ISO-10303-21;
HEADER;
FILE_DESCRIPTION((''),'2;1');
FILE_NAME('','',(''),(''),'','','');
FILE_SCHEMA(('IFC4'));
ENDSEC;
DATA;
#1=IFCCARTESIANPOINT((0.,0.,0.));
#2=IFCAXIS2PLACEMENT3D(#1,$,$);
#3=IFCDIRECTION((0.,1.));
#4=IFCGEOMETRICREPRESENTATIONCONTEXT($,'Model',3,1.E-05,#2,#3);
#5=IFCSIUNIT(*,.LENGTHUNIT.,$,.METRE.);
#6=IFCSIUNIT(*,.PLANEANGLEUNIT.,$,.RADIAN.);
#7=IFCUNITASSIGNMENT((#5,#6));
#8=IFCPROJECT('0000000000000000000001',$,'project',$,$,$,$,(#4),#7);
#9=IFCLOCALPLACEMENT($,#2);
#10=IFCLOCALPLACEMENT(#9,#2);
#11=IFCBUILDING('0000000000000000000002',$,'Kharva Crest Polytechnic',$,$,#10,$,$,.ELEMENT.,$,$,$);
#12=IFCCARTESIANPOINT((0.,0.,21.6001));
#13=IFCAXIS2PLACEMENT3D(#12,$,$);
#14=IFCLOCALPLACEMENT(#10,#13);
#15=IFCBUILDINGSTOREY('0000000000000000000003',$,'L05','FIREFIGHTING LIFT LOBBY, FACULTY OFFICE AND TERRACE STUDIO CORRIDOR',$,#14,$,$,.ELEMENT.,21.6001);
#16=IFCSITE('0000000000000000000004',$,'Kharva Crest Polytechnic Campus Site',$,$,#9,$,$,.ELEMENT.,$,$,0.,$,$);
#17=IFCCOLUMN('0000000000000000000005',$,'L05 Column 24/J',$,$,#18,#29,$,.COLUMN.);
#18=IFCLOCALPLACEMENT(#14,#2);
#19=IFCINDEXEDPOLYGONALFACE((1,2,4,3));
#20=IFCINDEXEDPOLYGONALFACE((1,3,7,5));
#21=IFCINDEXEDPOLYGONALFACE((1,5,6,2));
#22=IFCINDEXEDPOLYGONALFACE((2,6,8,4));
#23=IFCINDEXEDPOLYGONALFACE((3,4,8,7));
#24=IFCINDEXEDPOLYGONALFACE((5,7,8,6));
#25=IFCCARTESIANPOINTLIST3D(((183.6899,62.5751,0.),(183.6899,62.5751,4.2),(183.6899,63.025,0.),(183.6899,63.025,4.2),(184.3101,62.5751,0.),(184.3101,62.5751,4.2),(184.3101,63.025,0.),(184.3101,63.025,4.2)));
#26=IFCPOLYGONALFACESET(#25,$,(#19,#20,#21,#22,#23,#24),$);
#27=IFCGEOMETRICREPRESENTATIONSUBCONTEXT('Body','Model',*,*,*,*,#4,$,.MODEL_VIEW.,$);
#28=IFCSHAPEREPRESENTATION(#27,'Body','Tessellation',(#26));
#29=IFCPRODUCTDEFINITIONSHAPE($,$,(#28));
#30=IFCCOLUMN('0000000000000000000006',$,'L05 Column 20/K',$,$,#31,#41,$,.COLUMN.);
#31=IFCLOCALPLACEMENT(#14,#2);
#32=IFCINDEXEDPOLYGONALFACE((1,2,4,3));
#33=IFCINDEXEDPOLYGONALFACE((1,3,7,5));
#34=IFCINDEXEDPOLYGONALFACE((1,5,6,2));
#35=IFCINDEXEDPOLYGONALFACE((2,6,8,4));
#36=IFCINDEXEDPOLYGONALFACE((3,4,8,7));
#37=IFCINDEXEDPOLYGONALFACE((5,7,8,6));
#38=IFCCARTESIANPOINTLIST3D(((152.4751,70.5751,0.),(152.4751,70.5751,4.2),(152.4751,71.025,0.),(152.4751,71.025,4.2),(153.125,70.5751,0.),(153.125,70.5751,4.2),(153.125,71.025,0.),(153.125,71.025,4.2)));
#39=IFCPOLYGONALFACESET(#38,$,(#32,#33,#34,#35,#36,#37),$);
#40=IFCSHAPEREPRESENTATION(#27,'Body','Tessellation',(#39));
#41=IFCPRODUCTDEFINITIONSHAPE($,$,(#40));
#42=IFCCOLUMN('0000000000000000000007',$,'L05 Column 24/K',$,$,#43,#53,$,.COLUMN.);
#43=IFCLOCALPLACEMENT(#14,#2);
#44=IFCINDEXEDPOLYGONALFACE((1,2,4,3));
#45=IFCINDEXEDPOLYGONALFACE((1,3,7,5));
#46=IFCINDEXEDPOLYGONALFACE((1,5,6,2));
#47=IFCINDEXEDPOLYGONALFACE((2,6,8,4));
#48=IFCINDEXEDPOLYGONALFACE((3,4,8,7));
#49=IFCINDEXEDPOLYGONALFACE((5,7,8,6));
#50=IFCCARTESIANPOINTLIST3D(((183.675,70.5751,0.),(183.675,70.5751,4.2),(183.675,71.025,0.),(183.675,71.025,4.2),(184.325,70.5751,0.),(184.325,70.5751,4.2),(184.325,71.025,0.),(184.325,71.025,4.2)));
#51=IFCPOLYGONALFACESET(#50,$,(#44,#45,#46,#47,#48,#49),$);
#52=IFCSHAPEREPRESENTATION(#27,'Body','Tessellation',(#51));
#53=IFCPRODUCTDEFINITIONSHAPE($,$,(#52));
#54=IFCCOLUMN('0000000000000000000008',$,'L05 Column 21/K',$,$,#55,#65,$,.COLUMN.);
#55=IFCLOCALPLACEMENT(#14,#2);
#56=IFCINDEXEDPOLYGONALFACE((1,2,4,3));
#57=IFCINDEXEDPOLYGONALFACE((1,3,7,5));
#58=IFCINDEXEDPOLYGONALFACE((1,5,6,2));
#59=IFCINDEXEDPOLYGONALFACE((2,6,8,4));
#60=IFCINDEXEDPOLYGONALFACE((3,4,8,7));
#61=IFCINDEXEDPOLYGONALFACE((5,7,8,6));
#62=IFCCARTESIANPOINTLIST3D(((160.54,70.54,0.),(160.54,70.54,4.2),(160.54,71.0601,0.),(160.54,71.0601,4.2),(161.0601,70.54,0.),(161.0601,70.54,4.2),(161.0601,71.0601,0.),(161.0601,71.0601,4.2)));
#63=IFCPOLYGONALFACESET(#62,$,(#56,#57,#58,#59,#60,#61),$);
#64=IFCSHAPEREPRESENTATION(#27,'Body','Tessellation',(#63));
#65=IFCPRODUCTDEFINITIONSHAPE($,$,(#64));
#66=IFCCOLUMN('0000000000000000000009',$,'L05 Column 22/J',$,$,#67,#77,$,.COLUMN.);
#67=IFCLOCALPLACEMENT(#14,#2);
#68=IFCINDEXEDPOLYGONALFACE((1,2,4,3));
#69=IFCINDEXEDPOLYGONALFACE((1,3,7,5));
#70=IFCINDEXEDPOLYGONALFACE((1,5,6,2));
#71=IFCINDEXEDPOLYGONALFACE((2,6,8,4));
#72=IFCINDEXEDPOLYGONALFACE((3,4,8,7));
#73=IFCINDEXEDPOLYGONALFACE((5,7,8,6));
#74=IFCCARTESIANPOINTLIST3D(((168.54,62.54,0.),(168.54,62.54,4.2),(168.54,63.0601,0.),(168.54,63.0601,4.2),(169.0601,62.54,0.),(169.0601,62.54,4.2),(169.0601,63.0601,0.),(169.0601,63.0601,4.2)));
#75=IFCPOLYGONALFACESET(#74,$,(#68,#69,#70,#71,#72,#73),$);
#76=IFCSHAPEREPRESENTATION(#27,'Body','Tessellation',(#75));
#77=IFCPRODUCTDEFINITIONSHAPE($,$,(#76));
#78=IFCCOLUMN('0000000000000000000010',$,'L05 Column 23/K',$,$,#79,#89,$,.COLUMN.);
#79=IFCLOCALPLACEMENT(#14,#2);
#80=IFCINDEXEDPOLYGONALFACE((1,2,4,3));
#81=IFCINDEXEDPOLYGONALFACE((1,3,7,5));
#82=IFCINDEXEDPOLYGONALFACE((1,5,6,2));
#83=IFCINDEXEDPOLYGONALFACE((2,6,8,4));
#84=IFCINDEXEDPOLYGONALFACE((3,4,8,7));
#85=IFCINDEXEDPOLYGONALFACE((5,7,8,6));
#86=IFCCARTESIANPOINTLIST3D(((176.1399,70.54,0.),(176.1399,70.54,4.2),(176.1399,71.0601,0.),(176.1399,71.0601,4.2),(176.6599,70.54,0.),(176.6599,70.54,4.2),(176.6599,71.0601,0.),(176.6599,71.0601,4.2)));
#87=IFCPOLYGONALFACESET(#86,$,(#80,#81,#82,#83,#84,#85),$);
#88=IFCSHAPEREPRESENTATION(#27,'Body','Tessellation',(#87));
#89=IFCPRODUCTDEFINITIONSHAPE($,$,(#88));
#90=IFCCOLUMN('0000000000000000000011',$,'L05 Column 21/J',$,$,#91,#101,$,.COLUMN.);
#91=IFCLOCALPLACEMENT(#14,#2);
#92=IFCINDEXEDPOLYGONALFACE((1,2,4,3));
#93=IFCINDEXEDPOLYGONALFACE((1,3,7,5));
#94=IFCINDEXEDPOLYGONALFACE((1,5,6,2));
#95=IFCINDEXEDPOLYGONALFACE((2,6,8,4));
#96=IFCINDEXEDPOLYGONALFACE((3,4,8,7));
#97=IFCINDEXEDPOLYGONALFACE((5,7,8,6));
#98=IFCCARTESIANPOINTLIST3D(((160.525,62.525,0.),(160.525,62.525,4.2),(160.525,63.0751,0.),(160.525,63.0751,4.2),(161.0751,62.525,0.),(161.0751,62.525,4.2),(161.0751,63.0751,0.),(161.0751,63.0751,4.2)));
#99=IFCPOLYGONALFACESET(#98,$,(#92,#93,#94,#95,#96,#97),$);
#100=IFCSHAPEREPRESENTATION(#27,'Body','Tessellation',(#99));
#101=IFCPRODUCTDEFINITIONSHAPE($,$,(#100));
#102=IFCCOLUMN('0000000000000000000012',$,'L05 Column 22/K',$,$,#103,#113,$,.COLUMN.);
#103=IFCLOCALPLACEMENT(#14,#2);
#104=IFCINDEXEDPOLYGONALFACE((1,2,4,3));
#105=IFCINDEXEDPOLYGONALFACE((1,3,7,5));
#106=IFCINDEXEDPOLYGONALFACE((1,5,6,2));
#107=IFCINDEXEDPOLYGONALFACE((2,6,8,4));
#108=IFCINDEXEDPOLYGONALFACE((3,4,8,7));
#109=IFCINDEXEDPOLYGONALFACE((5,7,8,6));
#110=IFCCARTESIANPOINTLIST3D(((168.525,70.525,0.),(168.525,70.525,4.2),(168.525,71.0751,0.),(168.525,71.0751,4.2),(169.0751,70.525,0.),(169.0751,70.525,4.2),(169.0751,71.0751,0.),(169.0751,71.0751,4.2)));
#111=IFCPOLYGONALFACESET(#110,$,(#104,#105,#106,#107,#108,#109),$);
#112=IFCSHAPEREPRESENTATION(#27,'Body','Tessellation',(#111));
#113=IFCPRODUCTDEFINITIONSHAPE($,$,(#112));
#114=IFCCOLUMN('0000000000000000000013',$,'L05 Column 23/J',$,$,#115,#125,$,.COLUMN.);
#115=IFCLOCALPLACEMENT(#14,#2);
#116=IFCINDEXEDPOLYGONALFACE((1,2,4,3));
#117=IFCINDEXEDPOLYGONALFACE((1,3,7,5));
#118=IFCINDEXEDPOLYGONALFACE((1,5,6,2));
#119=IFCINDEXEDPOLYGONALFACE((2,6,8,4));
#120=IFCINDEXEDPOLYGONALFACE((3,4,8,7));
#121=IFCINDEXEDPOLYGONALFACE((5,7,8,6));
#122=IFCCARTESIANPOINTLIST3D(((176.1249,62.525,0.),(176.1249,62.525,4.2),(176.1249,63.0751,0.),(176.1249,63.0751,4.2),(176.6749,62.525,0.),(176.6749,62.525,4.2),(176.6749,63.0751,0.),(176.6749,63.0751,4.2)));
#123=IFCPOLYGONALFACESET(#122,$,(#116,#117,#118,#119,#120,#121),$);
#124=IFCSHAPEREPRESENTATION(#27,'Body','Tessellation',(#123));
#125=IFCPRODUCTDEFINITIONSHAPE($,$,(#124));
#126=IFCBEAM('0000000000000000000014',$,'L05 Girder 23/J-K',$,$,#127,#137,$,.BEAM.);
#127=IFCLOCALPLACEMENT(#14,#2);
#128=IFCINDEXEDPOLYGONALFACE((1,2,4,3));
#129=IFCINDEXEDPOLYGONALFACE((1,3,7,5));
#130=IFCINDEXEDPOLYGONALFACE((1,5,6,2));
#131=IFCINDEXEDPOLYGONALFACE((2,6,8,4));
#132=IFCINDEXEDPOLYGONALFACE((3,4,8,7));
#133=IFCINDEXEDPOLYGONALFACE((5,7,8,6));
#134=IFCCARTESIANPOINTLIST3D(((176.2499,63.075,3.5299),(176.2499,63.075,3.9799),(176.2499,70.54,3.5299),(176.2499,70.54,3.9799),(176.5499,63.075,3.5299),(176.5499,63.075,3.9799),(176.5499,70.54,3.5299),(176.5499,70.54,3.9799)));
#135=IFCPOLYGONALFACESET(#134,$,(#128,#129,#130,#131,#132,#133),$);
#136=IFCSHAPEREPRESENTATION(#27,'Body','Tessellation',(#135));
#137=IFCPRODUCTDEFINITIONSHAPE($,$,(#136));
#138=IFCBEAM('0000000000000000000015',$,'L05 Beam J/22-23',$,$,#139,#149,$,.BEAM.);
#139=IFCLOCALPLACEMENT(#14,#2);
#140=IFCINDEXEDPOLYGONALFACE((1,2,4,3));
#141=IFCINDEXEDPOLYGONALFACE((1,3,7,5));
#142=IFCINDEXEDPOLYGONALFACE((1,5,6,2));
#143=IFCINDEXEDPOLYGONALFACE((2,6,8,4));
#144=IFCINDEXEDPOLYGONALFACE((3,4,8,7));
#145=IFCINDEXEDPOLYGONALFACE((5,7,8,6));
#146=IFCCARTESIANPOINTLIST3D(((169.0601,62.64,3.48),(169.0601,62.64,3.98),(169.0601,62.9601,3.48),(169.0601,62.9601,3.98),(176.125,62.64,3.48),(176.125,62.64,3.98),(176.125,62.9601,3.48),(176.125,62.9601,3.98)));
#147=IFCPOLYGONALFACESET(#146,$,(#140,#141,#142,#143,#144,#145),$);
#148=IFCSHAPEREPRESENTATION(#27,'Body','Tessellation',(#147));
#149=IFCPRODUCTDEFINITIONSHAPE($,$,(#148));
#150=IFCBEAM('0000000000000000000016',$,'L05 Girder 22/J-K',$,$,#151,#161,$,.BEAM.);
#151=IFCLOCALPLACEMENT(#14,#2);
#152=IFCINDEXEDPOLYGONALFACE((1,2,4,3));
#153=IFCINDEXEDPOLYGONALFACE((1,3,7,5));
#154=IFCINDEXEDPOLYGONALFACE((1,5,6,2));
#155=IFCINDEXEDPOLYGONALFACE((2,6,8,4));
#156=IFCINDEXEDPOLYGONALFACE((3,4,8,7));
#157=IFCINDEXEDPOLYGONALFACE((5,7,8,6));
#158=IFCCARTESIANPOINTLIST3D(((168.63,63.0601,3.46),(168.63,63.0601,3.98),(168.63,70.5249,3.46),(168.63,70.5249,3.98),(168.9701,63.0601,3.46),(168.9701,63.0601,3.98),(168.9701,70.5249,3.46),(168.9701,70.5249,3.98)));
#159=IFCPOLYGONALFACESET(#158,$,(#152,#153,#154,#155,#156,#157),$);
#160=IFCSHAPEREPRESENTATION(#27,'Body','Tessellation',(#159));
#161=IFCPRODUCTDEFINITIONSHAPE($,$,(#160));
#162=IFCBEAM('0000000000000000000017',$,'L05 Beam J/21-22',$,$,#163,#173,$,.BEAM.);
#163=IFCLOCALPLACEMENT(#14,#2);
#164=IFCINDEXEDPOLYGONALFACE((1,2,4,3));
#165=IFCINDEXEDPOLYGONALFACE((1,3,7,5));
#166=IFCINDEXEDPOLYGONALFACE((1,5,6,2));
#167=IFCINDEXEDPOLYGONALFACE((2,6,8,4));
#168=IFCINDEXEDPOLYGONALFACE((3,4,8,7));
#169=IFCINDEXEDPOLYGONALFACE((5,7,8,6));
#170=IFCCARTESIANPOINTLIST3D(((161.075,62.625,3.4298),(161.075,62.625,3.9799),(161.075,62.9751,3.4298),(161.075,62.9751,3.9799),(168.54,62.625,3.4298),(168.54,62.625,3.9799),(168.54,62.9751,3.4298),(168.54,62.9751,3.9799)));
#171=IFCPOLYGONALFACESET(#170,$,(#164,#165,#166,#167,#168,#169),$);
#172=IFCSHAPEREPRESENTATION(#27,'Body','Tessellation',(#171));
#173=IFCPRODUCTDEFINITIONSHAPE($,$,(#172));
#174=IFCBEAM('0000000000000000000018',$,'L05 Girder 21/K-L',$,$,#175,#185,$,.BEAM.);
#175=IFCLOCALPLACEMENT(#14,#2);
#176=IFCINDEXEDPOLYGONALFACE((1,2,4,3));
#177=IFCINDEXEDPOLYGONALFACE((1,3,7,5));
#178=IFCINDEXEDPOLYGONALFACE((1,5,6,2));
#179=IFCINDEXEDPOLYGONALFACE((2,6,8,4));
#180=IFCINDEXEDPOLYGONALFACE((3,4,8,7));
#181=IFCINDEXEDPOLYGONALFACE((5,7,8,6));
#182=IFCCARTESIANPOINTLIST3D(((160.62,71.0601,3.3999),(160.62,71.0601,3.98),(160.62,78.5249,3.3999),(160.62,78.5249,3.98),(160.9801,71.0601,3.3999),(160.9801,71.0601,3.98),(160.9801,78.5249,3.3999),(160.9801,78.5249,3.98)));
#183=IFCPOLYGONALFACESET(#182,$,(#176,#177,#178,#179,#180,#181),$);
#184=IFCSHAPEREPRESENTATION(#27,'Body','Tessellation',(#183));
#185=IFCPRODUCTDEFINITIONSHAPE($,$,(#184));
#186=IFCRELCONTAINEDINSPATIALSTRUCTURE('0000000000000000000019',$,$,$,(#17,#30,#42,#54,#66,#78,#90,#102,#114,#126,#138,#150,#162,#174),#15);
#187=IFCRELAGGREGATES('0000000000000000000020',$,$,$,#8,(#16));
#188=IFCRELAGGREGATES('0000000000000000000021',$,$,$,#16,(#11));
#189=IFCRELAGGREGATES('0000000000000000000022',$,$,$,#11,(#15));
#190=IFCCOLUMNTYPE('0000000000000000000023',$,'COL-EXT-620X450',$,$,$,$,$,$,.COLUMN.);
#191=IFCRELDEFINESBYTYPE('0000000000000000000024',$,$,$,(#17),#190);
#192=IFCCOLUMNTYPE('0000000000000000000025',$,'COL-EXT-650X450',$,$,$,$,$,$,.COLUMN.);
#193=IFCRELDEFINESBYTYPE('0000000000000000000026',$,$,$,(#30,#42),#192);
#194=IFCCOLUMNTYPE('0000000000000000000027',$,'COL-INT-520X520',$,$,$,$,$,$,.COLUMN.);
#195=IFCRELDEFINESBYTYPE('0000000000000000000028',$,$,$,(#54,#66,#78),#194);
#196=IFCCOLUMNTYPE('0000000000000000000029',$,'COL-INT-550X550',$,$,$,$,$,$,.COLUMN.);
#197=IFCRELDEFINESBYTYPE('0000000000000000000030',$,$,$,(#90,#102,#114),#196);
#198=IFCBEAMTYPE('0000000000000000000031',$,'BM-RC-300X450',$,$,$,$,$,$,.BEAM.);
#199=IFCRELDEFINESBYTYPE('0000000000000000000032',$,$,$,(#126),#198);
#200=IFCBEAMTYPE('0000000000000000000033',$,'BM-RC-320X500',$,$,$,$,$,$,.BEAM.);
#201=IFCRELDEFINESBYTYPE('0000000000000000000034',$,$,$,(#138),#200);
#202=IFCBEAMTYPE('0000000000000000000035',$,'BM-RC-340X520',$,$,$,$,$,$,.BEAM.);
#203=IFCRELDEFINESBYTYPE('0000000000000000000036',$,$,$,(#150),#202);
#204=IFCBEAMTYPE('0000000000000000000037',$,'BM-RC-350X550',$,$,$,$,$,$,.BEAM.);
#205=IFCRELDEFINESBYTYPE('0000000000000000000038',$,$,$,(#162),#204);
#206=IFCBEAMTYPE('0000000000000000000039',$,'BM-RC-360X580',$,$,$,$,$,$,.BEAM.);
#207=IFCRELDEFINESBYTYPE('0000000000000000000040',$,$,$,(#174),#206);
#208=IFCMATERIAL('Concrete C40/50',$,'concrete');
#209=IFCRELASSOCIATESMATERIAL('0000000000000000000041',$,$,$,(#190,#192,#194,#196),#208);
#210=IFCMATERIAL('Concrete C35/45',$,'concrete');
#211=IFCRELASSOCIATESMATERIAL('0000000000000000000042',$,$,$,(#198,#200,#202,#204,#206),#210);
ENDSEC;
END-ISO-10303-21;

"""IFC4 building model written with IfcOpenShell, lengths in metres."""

from ifc_helpers import new_model, si_unit, direction, frame, origin, origin_2d, place, context, subcontext, project, spatial, rectangle, extrude, material, material_profile, profile_set, type_object, element, save


model = new_model("IFC4")

# Units and contexts
model_context = context("Model", 3, precision=1e-05, world=origin(), true_north=direction((0.0, 1.0)))
body_context = subcontext(model_context, "Body", "Model", "MODEL_VIEW")
ifc_project = project(units=[si_unit("LENGTHUNIT", "METRE"), si_unit("PLANEANGLEUNIT", "RADIAN")], contexts=[model_context])

# Site, building, storey
site_placement = place(None, origin())
site = spatial("IfcSite", under=ifc_project, at=site_placement, Name="Kharva Crest Polytechnic Campus Site", CompositionType="ELEMENT", RefElevation=0.0)
building_placement = place(site_placement, origin())
building = spatial("IfcBuilding", under=site, at=building_placement, Name="Kharva Crest Polytechnic", CompositionType="ELEMENT")
storey_placement = place(building_placement, frame((0.0, 0.0, 21.6001)))
storey = spatial("IfcBuildingStorey", under=building, at=storey_placement, Name="L05", Description="FIREFIGHTING LIFT LOBBY, FACULTY OFFICE AND TERRACE STUDIO CORRIDOR", CompositionType="ELEMENT", Elevation=21.6001)

# Columns
ifc_material_1 = material(Name="Concrete C40/50", Category="concrete")
ifc_material_profile_1 = material_profile(ifc_material_1, rectangle(XDim=0.6201, YDim=0.45, at=origin_2d()), Name="RECT 620 X 450")
ifc_profile_set_1 = profile_set([ifc_material_profile_1], Name="Concrete C40/50")
column_type_1 = type_object("IfcColumnType", Name="COL-EXT-620X450", PredefinedType="COLUMN", material=ifc_profile_set_1)
column_placement = place(storey_placement, frame((184.0, 62.8, 0.0), z_axis=(0.0, 0.0, 1.0), x_axis=(1.0, 0.0, 0.0)))
element("IfcColumn", 1, at=column_placement, inside=storey, type_object=column_type_1, Name="L05 Column 24/J", PredefinedType="COLUMN", context=body_context, shape_type="SweptSolid", body=[
    extrude(rectangle(XDim=0.6201, YDim=0.45, at=origin_2d()), origin(), (0.0, 0.0, 1.0), 4.2),
])
ifc_material_profile_2 = material_profile(ifc_material_1, rectangle(XDim=0.6499, YDim=0.45, at=origin_2d()), Name="RECT 650 X 450")
ifc_profile_set_2 = profile_set([ifc_material_profile_2], Name="Concrete C40/50")
column_type_2 = type_object("IfcColumnType", Name="COL-EXT-650X450", PredefinedType="COLUMN", material=ifc_profile_set_2)
for number, where, z_axis, x_axis, name in (
    (2, (152.8, 70.8, 0.0), (0.0, 0.0, 1.0), (1.0, 0.0, 0.0), "L05 Column 20/K"),
    (3, (184.0, 70.8, 0.0), (0.0, 0.0, 1.0), (1.0, 0.0, 0.0), "L05 Column 24/K"),
):
    element("IfcColumn", number, at=place(storey_placement, frame(where, z_axis=z_axis, x_axis=x_axis)), inside=storey, type_object=column_type_2, Name=name, PredefinedType="COLUMN", context=body_context, shape_type="SweptSolid", body=[
        extrude(rectangle(XDim=0.6499, YDim=0.45, at=origin_2d()), origin(), (0.0, 0.0, 1.0), 4.2),
    ])
ifc_material_profile_3 = material_profile(ifc_material_1, rectangle(XDim=0.52, YDim=0.52, at=origin_2d()), Name="RECT 520 X 520")
ifc_profile_set_3 = profile_set([ifc_material_profile_3], Name="Concrete C40/50")
column_type_3 = type_object("IfcColumnType", Name="COL-INT-520X520", PredefinedType="COLUMN", material=ifc_profile_set_3)
for number, where, z_axis, x_axis, name in (
    (4, (160.8, 70.8, 0.0), (0.0, 0.0, 1.0), (1.0, 0.0, 0.0), "L05 Column 21/K"),
    (5, (168.8, 62.8, 0.0), (0.0, 0.0, 1.0), (1.0, 0.0, 0.0), "L05 Column 22/J"),
    (6, (176.3999, 70.8, 0.0), (0.0, 0.0, 1.0), (1.0, 0.0, 0.0), "L05 Column 23/K"),
):
    element("IfcColumn", number, at=place(storey_placement, frame(where, z_axis=z_axis, x_axis=x_axis)), inside=storey, type_object=column_type_3, Name=name, PredefinedType="COLUMN", context=body_context, shape_type="SweptSolid", body=[
        extrude(rectangle(XDim=0.52, YDim=0.52, at=origin_2d()), origin(), (0.0, 0.0, 1.0), 4.2),
    ])
ifc_material_profile_4 = material_profile(ifc_material_1, rectangle(XDim=0.55, YDim=0.55, at=origin_2d()), Name="RECT 550 X 550")
ifc_profile_set_4 = profile_set([ifc_material_profile_4], Name="Concrete C40/50")
column_type_4 = type_object("IfcColumnType", Name="COL-INT-550X550", PredefinedType="COLUMN", material=ifc_profile_set_4)
for number, where, z_axis, x_axis, name in (
    (7, (160.8, 62.8, 0.0), (0.0, 0.0, 1.0), (1.0, 0.0, 0.0), "L05 Column 21/J"),
    (8, (168.8, 70.8, 0.0), (0.0, 0.0, 1.0), (1.0, 0.0, 0.0), "L05 Column 22/K"),
    (9, (176.3999, 62.8, 0.0), (0.0, 0.0, 1.0), (1.0, 0.0, 0.0), "L05 Column 23/J"),
):
    element("IfcColumn", number, at=place(storey_placement, frame(where, z_axis=z_axis, x_axis=x_axis)), inside=storey, type_object=column_type_4, Name=name, PredefinedType="COLUMN", context=body_context, shape_type="SweptSolid", body=[
        extrude(rectangle(XDim=0.55, YDim=0.55, at=origin_2d()), origin(), (0.0, 0.0, 1.0), 4.2),
    ])

# Beams
ifc_material_2 = material(Name="Concrete C35/45", Category="concrete")
ifc_material_profile_5 = material_profile(ifc_material_2, rectangle(XDim=0.3, YDim=0.45, at=origin_2d()), Name="RECT 300 X 450")
ifc_profile_set_5 = profile_set([ifc_material_profile_5], Name="Concrete C35/45")
beam_type_1 = type_object("IfcBeamType", Name="BM-RC-300X450", PredefinedType="BEAM", material=ifc_profile_set_5)
beam_1_placement = place(storey_placement, frame((176.3999, 63.075, 3.7549), z_axis=(0.0, 1.0, 0.0), x_axis=(-1.0, 0.0, 0.0)))
element("IfcBeam", 10, at=beam_1_placement, inside=storey, type_object=beam_type_1, Name="L05 Girder 23/J-K", PredefinedType="BEAM", context=body_context, shape_type="SweptSolid", body=[
    extrude(rectangle(XDim=0.3, YDim=0.45, at=origin_2d()), origin(), (0.0, 0.0, 1.0), 7.4651),
])
ifc_material_profile_6 = material_profile(ifc_material_2, rectangle(XDim=0.3201, YDim=0.5, at=origin_2d()), Name="RECT 320 X 500")
ifc_profile_set_6 = profile_set([ifc_material_profile_6], Name="Concrete C35/45")
beam_type_2 = type_object("IfcBeamType", Name="BM-RC-320X500", PredefinedType="BEAM", material=ifc_profile_set_6)
beam_2_placement = place(storey_placement, frame((169.0601, 62.8, 3.73), z_axis=(1.0, 0.0, 0.0), x_axis=(0.0, 1.0, 0.0)))
element("IfcBeam", 11, at=beam_2_placement, inside=storey, type_object=beam_type_2, Name="L05 Beam J/22-23", PredefinedType="BEAM", context=body_context, shape_type="SweptSolid", body=[
    extrude(rectangle(XDim=0.3201, YDim=0.5, at=origin_2d()), origin(), (0.0, 0.0, 1.0), 7.0649),
])
ifc_material_profile_7 = material_profile(ifc_material_2, rectangle(XDim=0.3401, YDim=0.52, at=origin_2d()), Name="RECT 340 X 520")
ifc_profile_set_7 = profile_set([ifc_material_profile_7], Name="Concrete C35/45")
beam_type_3 = type_object("IfcBeamType", Name="BM-RC-340X520", PredefinedType="BEAM", material=ifc_profile_set_7)
beam_3_placement = place(storey_placement, frame((168.8, 63.0601, 3.72), z_axis=(0.0, 1.0, 0.0), x_axis=(-1.0, 0.0, 0.0)))
element("IfcBeam", 12, at=beam_3_placement, inside=storey, type_object=beam_type_3, Name="L05 Girder 22/J-K", PredefinedType="BEAM", context=body_context, shape_type="SweptSolid", body=[
    extrude(rectangle(XDim=0.3401, YDim=0.52, at=origin_2d()), origin(), (0.0, 0.0, 1.0), 7.4648),
])
ifc_material_profile_8 = material_profile(ifc_material_2, rectangle(XDim=0.3501, YDim=0.55, at=origin_2d()), Name="RECT 350 X 550")
ifc_profile_set_8 = profile_set([ifc_material_profile_8], Name="Concrete C35/45")
beam_type_4 = type_object("IfcBeamType", Name="BM-RC-350X550", PredefinedType="BEAM", material=ifc_profile_set_8)
beam_4_placement = place(storey_placement, frame((161.075, 62.8, 3.7048), z_axis=(1.0, 0.0, 0.0), x_axis=(0.0, 1.0, 0.0)))
element("IfcBeam", 13, at=beam_4_placement, inside=storey, type_object=beam_type_4, Name="L05 Beam J/21-22", PredefinedType="BEAM", context=body_context, shape_type="SweptSolid", body=[
    extrude(rectangle(XDim=0.3501, YDim=0.55, at=origin_2d()), origin(), (0.0, 0.0, 1.0), 7.4651),
])
ifc_material_profile_9 = material_profile(ifc_material_2, rectangle(XDim=0.3601, YDim=0.5801, at=origin_2d()), Name="RECT 360 X 580")
ifc_profile_set_9 = profile_set([ifc_material_profile_9], Name="Concrete C35/45")
beam_type_5 = type_object("IfcBeamType", Name="BM-RC-360X580", PredefinedType="BEAM", material=ifc_profile_set_9)
beam_5_placement = place(storey_placement, frame((160.8, 71.0601, 3.6899), z_axis=(0.0, 1.0, 0.0), x_axis=(-1.0, 0.0, 0.0)))
element("IfcBeam", 14, at=beam_5_placement, inside=storey, type_object=beam_type_5, Name="L05 Girder 21/K-L", PredefinedType="BEAM", context=body_context, shape_type="SweptSolid", body=[
    extrude(rectangle(XDim=0.3601, YDim=0.5801, at=origin_2d()), origin(), (0.0, 0.0, 1.0), 7.4648),
])

save(model, "model.ifc")
